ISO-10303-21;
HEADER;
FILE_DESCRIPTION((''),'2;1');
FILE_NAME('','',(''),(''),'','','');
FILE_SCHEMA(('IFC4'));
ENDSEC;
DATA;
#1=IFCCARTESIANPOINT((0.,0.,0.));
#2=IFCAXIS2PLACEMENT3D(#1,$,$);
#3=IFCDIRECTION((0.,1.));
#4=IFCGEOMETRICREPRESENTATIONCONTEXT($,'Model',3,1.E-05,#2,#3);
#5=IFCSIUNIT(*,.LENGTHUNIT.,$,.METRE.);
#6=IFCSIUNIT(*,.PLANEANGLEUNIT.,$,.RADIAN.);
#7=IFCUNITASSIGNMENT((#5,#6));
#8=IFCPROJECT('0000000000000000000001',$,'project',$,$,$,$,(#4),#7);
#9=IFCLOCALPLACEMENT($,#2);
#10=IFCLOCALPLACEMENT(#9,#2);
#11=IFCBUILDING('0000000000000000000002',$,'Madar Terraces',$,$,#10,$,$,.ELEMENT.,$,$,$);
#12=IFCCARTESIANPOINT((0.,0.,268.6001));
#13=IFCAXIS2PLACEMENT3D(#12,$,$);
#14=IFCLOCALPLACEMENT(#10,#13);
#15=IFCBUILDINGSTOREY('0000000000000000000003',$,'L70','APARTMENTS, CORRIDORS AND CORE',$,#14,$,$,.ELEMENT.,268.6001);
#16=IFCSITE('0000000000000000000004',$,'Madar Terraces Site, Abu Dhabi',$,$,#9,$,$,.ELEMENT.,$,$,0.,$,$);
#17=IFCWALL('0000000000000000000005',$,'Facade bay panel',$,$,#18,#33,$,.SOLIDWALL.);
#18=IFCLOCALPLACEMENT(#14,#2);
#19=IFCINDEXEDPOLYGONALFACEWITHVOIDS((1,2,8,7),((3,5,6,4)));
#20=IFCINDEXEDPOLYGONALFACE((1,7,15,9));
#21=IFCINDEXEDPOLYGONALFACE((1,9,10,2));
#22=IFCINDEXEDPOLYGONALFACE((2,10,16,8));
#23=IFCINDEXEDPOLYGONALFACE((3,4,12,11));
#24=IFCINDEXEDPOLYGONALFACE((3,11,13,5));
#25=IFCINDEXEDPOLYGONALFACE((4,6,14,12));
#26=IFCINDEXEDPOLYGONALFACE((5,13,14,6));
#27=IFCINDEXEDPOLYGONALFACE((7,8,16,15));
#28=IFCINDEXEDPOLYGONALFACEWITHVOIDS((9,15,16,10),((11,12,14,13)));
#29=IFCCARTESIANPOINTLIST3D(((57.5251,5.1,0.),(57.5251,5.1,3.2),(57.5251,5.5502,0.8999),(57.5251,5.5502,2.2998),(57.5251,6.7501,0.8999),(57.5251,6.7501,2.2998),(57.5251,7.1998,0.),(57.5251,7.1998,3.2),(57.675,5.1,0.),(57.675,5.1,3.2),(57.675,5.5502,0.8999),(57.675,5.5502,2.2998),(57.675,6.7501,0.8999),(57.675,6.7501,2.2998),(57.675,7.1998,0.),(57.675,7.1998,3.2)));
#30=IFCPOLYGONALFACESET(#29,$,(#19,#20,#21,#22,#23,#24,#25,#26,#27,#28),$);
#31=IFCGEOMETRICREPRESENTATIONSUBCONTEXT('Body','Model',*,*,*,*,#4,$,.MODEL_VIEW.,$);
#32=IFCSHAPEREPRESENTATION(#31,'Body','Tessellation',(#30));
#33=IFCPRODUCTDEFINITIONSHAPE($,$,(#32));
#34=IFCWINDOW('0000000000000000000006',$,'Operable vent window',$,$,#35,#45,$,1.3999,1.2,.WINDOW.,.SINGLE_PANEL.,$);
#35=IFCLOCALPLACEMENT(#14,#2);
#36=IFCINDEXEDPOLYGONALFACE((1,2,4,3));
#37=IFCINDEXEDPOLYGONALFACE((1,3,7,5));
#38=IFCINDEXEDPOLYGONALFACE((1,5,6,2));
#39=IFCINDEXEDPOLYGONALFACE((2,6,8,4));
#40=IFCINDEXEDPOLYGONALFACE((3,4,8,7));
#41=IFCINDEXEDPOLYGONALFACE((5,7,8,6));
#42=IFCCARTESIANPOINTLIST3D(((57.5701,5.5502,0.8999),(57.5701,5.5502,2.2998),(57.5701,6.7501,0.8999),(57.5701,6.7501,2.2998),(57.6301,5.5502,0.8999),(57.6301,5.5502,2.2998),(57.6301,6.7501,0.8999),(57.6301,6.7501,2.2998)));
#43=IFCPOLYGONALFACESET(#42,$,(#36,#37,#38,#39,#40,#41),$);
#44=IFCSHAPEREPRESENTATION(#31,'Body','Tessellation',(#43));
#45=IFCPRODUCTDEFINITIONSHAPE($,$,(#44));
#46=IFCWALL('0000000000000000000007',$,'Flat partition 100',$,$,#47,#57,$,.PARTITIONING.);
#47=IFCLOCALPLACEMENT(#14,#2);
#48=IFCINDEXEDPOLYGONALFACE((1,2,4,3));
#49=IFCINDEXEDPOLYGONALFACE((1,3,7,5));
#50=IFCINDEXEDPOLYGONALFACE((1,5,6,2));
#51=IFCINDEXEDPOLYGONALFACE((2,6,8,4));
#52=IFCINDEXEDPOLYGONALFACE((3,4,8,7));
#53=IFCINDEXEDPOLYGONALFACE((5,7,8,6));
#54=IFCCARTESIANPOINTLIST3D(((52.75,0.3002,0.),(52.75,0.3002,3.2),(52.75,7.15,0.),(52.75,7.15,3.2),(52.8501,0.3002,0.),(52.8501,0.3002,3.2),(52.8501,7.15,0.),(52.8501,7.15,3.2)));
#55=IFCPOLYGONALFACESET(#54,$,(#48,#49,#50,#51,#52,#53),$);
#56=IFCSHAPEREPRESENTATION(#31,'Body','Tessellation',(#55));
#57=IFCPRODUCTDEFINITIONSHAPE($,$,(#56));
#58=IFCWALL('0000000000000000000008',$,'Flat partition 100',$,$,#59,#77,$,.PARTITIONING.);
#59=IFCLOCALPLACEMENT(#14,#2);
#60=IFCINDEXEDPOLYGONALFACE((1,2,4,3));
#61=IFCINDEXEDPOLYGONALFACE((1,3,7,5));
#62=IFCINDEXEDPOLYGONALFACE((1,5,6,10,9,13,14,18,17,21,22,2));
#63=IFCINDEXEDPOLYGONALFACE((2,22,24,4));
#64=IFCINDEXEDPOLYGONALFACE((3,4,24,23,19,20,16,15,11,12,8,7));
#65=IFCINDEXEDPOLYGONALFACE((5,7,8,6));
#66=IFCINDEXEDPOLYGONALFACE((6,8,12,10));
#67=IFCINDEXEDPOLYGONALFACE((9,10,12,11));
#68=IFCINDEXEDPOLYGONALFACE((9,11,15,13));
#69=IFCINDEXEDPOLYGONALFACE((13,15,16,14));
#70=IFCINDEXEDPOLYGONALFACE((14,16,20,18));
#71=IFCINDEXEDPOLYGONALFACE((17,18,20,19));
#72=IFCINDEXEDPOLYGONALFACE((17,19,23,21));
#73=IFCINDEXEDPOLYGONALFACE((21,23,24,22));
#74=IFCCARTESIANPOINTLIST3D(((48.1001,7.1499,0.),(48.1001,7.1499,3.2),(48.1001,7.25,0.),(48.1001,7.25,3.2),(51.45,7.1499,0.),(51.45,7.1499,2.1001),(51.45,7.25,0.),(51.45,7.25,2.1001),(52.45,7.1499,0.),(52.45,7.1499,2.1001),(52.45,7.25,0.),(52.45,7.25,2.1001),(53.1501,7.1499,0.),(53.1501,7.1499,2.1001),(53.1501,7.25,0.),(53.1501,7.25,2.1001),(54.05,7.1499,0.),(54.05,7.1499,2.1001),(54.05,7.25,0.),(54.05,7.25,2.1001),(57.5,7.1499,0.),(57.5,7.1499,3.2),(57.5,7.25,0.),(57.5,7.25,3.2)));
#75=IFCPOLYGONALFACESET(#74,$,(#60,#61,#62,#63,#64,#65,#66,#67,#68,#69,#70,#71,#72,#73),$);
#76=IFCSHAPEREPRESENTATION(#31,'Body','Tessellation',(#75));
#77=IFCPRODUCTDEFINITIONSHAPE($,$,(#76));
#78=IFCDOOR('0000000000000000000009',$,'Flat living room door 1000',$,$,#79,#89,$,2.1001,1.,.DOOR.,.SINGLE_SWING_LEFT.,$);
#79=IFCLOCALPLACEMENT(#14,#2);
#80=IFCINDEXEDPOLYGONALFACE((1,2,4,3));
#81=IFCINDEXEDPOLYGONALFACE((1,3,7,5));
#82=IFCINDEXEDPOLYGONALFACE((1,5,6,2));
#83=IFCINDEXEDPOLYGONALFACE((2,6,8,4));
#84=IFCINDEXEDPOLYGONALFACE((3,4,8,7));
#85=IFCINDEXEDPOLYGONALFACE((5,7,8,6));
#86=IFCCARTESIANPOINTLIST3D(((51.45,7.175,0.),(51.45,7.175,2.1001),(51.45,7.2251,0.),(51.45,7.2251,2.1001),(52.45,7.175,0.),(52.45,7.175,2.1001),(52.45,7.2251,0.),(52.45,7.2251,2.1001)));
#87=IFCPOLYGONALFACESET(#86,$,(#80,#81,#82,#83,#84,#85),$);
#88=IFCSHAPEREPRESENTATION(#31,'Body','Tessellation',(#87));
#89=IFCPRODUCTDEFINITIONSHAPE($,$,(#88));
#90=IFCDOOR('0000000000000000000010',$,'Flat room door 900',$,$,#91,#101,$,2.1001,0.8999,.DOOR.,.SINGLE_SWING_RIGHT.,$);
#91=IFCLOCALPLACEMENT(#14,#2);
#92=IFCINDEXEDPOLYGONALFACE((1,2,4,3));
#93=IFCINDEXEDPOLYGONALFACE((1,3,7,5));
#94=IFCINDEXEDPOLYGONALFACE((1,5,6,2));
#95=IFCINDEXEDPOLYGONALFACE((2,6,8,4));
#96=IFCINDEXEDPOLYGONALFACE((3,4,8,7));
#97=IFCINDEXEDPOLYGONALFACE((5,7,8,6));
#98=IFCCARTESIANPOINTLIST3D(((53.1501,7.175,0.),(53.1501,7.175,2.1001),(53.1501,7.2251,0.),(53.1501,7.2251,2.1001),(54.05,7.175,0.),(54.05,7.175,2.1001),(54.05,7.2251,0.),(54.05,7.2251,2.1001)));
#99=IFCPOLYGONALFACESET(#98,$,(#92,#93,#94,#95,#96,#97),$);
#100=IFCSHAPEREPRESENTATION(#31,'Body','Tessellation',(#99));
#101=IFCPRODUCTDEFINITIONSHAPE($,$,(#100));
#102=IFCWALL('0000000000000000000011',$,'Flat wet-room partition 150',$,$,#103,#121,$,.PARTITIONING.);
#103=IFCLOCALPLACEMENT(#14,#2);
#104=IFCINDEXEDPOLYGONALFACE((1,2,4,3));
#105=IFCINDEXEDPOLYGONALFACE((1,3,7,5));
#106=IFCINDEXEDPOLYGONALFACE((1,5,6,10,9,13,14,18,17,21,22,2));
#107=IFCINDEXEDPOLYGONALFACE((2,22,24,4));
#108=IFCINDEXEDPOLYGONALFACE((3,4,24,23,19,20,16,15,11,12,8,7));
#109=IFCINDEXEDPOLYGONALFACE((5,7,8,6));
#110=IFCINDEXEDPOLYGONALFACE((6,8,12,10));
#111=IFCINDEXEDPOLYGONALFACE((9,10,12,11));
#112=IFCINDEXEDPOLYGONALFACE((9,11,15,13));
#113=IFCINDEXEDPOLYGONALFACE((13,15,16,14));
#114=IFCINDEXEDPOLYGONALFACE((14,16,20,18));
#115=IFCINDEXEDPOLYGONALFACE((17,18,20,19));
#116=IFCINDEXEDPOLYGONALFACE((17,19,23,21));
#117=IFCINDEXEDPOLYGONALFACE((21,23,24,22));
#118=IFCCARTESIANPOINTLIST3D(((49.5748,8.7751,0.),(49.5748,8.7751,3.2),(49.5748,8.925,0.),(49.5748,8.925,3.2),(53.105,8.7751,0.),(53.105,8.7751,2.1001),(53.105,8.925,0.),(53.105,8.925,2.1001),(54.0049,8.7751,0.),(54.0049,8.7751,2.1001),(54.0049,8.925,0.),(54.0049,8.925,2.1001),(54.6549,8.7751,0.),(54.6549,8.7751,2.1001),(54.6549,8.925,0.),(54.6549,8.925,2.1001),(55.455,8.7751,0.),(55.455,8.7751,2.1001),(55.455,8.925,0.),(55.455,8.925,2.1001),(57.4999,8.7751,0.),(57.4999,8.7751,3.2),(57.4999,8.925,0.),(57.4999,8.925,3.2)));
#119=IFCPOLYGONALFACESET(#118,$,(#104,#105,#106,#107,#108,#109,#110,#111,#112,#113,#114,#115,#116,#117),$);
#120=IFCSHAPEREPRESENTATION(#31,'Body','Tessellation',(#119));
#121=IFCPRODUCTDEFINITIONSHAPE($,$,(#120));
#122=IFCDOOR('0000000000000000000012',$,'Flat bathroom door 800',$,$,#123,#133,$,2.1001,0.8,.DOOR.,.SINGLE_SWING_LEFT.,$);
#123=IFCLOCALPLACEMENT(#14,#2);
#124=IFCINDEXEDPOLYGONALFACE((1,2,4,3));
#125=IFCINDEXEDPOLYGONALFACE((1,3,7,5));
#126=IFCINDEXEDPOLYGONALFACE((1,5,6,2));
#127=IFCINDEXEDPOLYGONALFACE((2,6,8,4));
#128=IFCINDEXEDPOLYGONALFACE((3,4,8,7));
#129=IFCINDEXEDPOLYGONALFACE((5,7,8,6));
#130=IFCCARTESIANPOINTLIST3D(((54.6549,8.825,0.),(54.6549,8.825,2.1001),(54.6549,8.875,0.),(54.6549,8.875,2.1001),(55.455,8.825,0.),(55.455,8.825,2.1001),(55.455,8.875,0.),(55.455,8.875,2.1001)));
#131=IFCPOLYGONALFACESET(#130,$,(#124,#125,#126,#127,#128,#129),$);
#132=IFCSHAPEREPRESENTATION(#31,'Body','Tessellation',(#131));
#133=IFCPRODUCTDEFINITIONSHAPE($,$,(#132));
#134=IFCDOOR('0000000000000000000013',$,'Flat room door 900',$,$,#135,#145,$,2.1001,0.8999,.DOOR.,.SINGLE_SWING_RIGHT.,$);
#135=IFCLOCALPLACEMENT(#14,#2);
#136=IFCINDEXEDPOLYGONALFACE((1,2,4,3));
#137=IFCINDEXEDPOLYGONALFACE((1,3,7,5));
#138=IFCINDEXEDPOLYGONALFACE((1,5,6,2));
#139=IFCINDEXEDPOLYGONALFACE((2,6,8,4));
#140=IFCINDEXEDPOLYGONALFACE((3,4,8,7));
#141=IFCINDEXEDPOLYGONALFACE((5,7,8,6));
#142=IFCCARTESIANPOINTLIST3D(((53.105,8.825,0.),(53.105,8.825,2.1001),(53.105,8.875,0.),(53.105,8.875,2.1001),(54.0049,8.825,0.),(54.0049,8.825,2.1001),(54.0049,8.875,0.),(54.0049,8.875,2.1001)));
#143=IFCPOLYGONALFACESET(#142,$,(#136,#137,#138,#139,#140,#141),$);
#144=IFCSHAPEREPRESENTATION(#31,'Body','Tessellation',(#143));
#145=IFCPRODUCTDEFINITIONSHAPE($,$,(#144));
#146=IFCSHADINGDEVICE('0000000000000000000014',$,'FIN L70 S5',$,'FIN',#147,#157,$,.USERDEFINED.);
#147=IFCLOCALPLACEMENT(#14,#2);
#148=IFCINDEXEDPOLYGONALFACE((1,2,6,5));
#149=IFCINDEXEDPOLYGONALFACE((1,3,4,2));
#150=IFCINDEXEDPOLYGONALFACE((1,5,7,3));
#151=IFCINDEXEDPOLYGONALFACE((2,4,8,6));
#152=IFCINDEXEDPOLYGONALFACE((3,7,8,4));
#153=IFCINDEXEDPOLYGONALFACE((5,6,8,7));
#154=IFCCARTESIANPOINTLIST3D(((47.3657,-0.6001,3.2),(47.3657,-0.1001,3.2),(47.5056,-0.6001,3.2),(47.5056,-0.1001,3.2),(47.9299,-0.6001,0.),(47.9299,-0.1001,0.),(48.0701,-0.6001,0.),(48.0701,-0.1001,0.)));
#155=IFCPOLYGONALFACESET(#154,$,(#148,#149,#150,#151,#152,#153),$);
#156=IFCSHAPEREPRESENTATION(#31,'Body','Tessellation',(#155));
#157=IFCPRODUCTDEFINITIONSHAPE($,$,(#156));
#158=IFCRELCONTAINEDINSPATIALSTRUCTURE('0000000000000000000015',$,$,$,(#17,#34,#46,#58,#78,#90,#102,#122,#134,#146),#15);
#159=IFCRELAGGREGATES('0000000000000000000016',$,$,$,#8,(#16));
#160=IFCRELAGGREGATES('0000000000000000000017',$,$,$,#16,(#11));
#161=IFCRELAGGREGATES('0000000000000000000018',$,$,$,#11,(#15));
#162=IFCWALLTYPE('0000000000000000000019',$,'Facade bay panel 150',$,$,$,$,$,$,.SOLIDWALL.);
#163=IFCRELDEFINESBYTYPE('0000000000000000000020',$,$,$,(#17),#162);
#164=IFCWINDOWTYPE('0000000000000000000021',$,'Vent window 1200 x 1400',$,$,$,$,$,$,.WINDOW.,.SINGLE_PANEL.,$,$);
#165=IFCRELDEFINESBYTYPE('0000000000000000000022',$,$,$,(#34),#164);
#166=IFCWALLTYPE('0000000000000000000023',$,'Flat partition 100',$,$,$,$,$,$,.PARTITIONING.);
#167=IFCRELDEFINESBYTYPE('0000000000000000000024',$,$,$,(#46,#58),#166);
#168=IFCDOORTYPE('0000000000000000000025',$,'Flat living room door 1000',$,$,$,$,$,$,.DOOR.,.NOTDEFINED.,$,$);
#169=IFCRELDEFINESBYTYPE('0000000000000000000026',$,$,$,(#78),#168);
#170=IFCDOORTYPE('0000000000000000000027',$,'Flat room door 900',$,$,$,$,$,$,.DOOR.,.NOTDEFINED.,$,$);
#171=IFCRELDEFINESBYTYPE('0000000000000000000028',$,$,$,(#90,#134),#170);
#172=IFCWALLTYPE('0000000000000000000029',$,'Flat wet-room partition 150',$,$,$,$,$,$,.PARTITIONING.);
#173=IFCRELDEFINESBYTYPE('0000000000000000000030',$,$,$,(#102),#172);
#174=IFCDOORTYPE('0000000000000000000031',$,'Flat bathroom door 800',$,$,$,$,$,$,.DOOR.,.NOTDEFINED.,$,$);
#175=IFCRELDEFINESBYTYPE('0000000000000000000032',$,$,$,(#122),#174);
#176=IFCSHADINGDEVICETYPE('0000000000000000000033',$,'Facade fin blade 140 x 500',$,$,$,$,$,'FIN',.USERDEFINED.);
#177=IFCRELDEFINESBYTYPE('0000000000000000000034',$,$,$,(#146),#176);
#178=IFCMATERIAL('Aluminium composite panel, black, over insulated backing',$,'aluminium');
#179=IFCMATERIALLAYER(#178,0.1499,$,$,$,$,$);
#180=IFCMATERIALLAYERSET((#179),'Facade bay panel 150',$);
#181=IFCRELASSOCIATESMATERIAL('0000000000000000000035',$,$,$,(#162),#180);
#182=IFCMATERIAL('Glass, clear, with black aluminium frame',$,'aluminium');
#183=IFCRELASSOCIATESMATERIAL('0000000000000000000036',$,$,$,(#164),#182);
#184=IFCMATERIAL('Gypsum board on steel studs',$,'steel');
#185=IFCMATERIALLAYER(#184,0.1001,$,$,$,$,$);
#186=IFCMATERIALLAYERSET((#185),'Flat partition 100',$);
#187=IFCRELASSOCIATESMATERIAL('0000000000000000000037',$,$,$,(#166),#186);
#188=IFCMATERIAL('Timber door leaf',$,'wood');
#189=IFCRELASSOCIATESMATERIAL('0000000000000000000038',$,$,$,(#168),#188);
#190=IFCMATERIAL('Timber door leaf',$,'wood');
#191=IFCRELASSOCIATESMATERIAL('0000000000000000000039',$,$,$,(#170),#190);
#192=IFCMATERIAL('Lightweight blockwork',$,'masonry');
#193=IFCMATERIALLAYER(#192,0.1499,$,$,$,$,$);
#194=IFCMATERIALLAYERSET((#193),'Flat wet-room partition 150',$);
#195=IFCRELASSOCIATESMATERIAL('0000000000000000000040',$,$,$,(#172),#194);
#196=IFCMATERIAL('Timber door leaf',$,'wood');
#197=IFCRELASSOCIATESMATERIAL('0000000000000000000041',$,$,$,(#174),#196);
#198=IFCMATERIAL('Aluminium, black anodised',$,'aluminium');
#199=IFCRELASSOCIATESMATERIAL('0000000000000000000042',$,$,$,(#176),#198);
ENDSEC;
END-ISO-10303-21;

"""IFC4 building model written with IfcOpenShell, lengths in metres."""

from ifc_helpers import new_model, si_unit, direction, frame, frame_2d, origin, place, context, subcontext, project, spatial, polyline, rectangle, outline, extrude, material, layer, layer_set, type_object, element, fill, save


model = new_model("IFC4")

# Units and contexts
model_context = context("Model", 3, precision=1e-05, world=origin(), true_north=direction((0.0, 1.0)))
body_context = subcontext(model_context, "Body", "Model", "MODEL_VIEW")
ifc_project = project(units=[si_unit("LENGTHUNIT", "METRE"), si_unit("PLANEANGLEUNIT", "RADIAN")], contexts=[model_context])

# Site, building, storey
site_placement = place(None, origin())
site = spatial("IfcSite", under=ifc_project, at=site_placement, Name="Madar Terraces Site, Abu Dhabi", CompositionType="ELEMENT", RefElevation=0.0)
building_placement = place(site_placement, origin())
building = spatial("IfcBuilding", under=site, at=building_placement, Name="Madar Terraces", CompositionType="ELEMENT")
storey_placement = place(building_placement, frame((0.0, 0.0, 268.6001)))
storey = spatial("IfcBuildingStorey", under=building, at=storey_placement, Name="L70", Description="APARTMENTS, CORRIDORS AND CORE", CompositionType="ELEMENT", Elevation=268.6001)

# Shared definitions
ifc_material_1 = material(Name="Aluminium composite panel, black, over insulated backing", Category="aluminium")
ifc_layer_1 = layer(ifc_material_1, 0.1499)
ifc_layer_set_1 = layer_set([ifc_layer_1], Name="Facade bay panel 150")
wall_type_1 = type_object("IfcWallType", Name="Facade bay panel 150", PredefinedType="SOLIDWALL", material=ifc_layer_set_1)

# Wall, opening, window
wall_1_placement = place(storey_placement, frame((57.6001, 5.1001, 0.0), z_axis=(0.0, 0.0, 1.0), x_axis=(0.0, 1.0, 0.0)))
wall_1 = element("IfcWall", 1, at=wall_1_placement, inside=storey, type_object=wall_type_1, Name="Facade bay panel", PredefinedType="SOLIDWALL", context=body_context, shape_type="SweptSolid", body=[
    extrude(rectangle(XDim=2.0999, YDim=0.1499, at=frame_2d((1.0498, 0.0))), origin(), (0.0, 0.0, 1.0), 3.2),
])
opening_1_placement = place(wall_1_placement, frame((0.45, 0.0, 0.8999)))
opening_1 = element("IfcOpeningElement", 2, at=opening_1_placement, cuts=wall_1, PredefinedType="OPENING", context=body_context, shape_type="SweptSolid", body=[
    extrude(rectangle(XDim=1.2, YDim=1.3999, at=frame_2d((0.6001, 0.7))), frame((0.0, 0.085, 0.0), z_axis=(0.0, -1.0, 0.0), x_axis=(1.0, 0.0, 0.0)), (0.0, 0.0, 1.0), 0.1699),
])
ifc_material_2 = material(Name="Glass, clear, with black aluminium frame", Category="aluminium")
window_type = type_object("IfcWindowType", Name="Vent window 1200 x 1400", PartitioningType="SINGLE_PANEL", PredefinedType="WINDOW", material=ifc_material_2)
window_placement = place(opening_1_placement, origin())
window = element("IfcWindow", 3, at=window_placement, inside=storey, type_object=window_type, Name="Operable vent window", OverallHeight=1.3999, OverallWidth=1.2, PartitioningType="SINGLE_PANEL", PredefinedType="WINDOW", context=body_context, shape_type="SweptSolid", body=[
    extrude(rectangle(XDim=1.2, YDim=1.3999, at=frame_2d((0.6001, 0.7))), frame((0.0, 0.03, 0.0), z_axis=(0.0, -1.0, 0.0), x_axis=(1.0, 0.0, 0.0)), (0.0, 0.0, 1.0), 0.0601),
])
fill(opening_1, window)

# Wall
ifc_material_3 = material(Name="Gypsum board on steel studs", Category="steel")
ifc_layer_2 = layer(ifc_material_3, 0.1001)
ifc_layer_set_2 = layer_set([ifc_layer_2], Name="Flat partition 100")
wall_type_2 = type_object("IfcWallType", Name="Flat partition 100", PredefinedType="PARTITIONING", material=ifc_layer_set_2)
wall_2_placement = place(storey_placement, frame((52.8, 7.1499, 0.0), z_axis=(0.0, 0.0, 1.0), x_axis=(0.0, -1.0, 0.0)))
element("IfcWall", 4, at=wall_2_placement, inside=storey, type_object=wall_type_2, Name="Flat partition 100", PredefinedType="PARTITIONING", context=body_context, shape_type="SweptSolid", body=[
    extrude(rectangle(XDim=6.8499, YDim=0.1001, at=frame_2d((3.4248, 0.0))), origin(), (0.0, 0.0, 1.0), 3.2),
])

# Walls, openings, doors
wall_3_placement = place(storey_placement, frame((57.5, 7.2, 0.0), z_axis=(0.0, 0.0, 1.0), x_axis=(-1.0, 0.0, 0.0)))
wall_3 = element("IfcWall", 5, at=wall_3_placement, inside=storey, type_object=wall_type_2, Name="Flat partition 100", PredefinedType="PARTITIONING", context=body_context, shape_type="SweptSolid", body=[
    extrude(rectangle(XDim=9.3999, YDim=0.1001, at=frame_2d((4.7, 0.0))), origin(), (0.0, 0.0, 1.0), 3.2),
])
opening_2_placement = place(wall_3_placement, frame((5.05, 0.0, 0.0)))
opening_2 = element("IfcOpeningElement", 6, at=opening_2_placement, cuts=wall_3, PredefinedType="OPENING", context=body_context, shape_type="SweptSolid", body=[
    extrude(rectangle(XDim=1.0, YDim=2.1001, at=frame_2d((0.5, 1.05))), frame((0.0, 0.0601, 0.0), z_axis=(0.0, -1.0, 0.0), x_axis=(1.0, 0.0, 0.0)), (0.0, 0.0, 1.0), 0.1201),
])
opening_3_placement = place(wall_3_placement, frame((3.45, 0.0, 0.0)))
opening_3 = element("IfcOpeningElement", 7, at=opening_3_placement, cuts=wall_3, PredefinedType="OPENING", context=body_context, shape_type="SweptSolid", body=[
    extrude(rectangle(XDim=0.8999, YDim=2.1001, at=frame_2d((0.45, 1.05))), frame((0.0, 0.0601, 0.0), z_axis=(0.0, -1.0, 0.0), x_axis=(1.0, 0.0, 0.0)), (0.0, 0.0, 1.0), 0.1201),
])
ifc_material_4 = material(Name="Timber door leaf", Category="wood")
door_type_1 = type_object("IfcDoorType", Name="Flat living room door 1000", OperationType="NOTDEFINED", PredefinedType="DOOR", material=ifc_material_4)
door_1_placement = place(opening_2_placement, origin())
door_1 = element("IfcDoor", 8, at=door_1_placement, inside=storey, type_object=door_type_1, Name="Flat living room door 1000", OperationType="SINGLE_SWING_LEFT", OverallHeight=2.1001, OverallWidth=1.0, PredefinedType="DOOR", context=body_context, shape_type="SweptSolid", body=[
    extrude(rectangle(XDim=1.0, YDim=2.1001, at=frame_2d((0.5, 1.05))), frame((0.0, 0.0249, 0.0), z_axis=(0.0, -1.0, 0.0), x_axis=(1.0, 0.0, 0.0)), (0.0, 0.0, 1.0), 0.05),
])
fill(opening_2, door_1)
ifc_material_5 = material(Name="Timber door leaf", Category="wood")
door_type_2 = type_object("IfcDoorType", Name="Flat room door 900", OperationType="NOTDEFINED", PredefinedType="DOOR", material=ifc_material_5)
door_2_placement = place(opening_3_placement, origin())
door_2 = element("IfcDoor", 9, at=door_2_placement, inside=storey, type_object=door_type_2, Name="Flat room door 900", OperationType="SINGLE_SWING_RIGHT", OverallHeight=2.1001, OverallWidth=0.8999, PredefinedType="DOOR", context=body_context, shape_type="SweptSolid", body=[
    extrude(rectangle(XDim=0.8999, YDim=2.1001, at=frame_2d((0.45, 1.05))), frame((0.0, 0.0249, 0.0), z_axis=(0.0, -1.0, 0.0), x_axis=(1.0, 0.0, 0.0)), (0.0, 0.0, 1.0), 0.05),
])
fill(opening_3, door_2)
ifc_material_6 = material(Name="Lightweight blockwork", Category="masonry")
ifc_layer_3 = layer(ifc_material_6, 0.1499)
ifc_layer_set_3 = layer_set([ifc_layer_3], Name="Flat wet-room partition 150")
wall_type_3 = type_object("IfcWallType", Name="Flat wet-room partition 150", PredefinedType="PARTITIONING", material=ifc_layer_set_3)
wall_4_placement = place(storey_placement, frame((49.575, 8.8501, 0.0), z_axis=(0.0, 0.0, 1.0), x_axis=(1.0, 0.0, 0.0)))
wall_4 = element("IfcWall", 10, at=wall_4_placement, inside=storey, type_object=wall_type_3, Name="Flat wet-room partition 150", PredefinedType="PARTITIONING", context=body_context, shape_type="SweptSolid", body=[
    extrude(rectangle(XDim=7.925, YDim=0.1499, at=frame_2d((3.9624, 0.0))), origin(), (0.0, 0.0, 1.0), 3.2),
])
opening_4_placement = place(wall_4_placement, frame((3.53, 0.0, 0.0)))
opening_4 = element("IfcOpeningElement", 11, at=opening_4_placement, cuts=wall_4, PredefinedType="OPENING", context=body_context, shape_type="SweptSolid", body=[
    extrude(rectangle(XDim=0.8999, YDim=2.1001, at=frame_2d((0.45, 1.05))), frame((0.0, 0.085, 0.0), z_axis=(0.0, -1.0, 0.0), x_axis=(1.0, 0.0, 0.0)), (0.0, 0.0, 1.0), 0.1699),
])
opening_5_placement = place(wall_4_placement, frame((5.0801, 0.0, 0.0)))
opening_5 = element("IfcOpeningElement", 12, at=opening_5_placement, cuts=wall_4, PredefinedType="OPENING", context=body_context, shape_type="SweptSolid", body=[
    extrude(rectangle(XDim=0.8, YDim=2.1001, at=frame_2d((0.3999, 1.05))), frame((0.0, 0.085, 0.0), z_axis=(0.0, -1.0, 0.0), x_axis=(1.0, 0.0, 0.0)), (0.0, 0.0, 1.0), 0.1699),
])
ifc_material_7 = material(Name="Timber door leaf", Category="wood")
door_type_3 = type_object("IfcDoorType", Name="Flat bathroom door 800", OperationType="NOTDEFINED", PredefinedType="DOOR", material=ifc_material_7)
door_3_placement = place(opening_5_placement, origin())
door_3 = element("IfcDoor", 13, at=door_3_placement, inside=storey, type_object=door_type_3, Name="Flat bathroom door 800", OperationType="SINGLE_SWING_LEFT", OverallHeight=2.1001, OverallWidth=0.8, PredefinedType="DOOR", context=body_context, shape_type="SweptSolid", body=[
    extrude(rectangle(XDim=0.8, YDim=2.1001, at=frame_2d((0.3999, 1.05))), frame((0.0, 0.0249, 0.0), z_axis=(0.0, -1.0, 0.0), x_axis=(1.0, 0.0, 0.0)), (0.0, 0.0, 1.0), 0.05),
])
fill(opening_5, door_3)
door_4_placement = place(opening_4_placement, origin())
door_4 = element("IfcDoor", 14, at=door_4_placement, inside=storey, type_object=door_type_2, Name="Flat room door 900", OperationType="SINGLE_SWING_RIGHT", OverallHeight=2.1001, OverallWidth=0.8999, PredefinedType="DOOR", context=body_context, shape_type="SweptSolid", body=[
    extrude(rectangle(XDim=0.8999, YDim=2.1001, at=frame_2d((0.45, 1.05))), frame((0.0, 0.0249, 0.0), z_axis=(0.0, -1.0, 0.0), x_axis=(1.0, 0.0, 0.0)), (0.0, 0.0, 1.0), 0.05),
])
fill(opening_4, door_4)

# Shading device
ifc_material_8 = material(Name="Aluminium, black anodised", Category="aluminium")
shading_device_type = type_object("IfcShadingDeviceType", Name="Facade fin blade 140 x 500", ElementType="FIN", PredefinedType="USERDEFINED", material=ifc_material_8)
shading_device_1_placement = place(storey_placement, frame((47.9299, -0.3501, 0.0), z_axis=(0.0, 0.0, 1.0), x_axis=(1.0, 0.0, 0.0)))
element("IfcShadingDevice", 15, at=shading_device_1_placement, inside=storey, type_object=shading_device_type, Name="FIN L70 S5", ObjectType="FIN", PredefinedType="USERDEFINED", context=body_context, shape_type="SweptSolid", body=[
    extrude(outline(polyline([(0.0, 0.0), (0.1401, 0.0), (-0.4243, 3.2), (-0.5642, 3.2), (0.0, 0.0)])), frame((0.0, 0.25, 0.0), z_axis=(0.0, -1.0, 0.0), x_axis=(1.0, 0.0, 0.0)), (0.0, 0.0, 1.0), 0.5),
])

save(model, "model.ifc")
